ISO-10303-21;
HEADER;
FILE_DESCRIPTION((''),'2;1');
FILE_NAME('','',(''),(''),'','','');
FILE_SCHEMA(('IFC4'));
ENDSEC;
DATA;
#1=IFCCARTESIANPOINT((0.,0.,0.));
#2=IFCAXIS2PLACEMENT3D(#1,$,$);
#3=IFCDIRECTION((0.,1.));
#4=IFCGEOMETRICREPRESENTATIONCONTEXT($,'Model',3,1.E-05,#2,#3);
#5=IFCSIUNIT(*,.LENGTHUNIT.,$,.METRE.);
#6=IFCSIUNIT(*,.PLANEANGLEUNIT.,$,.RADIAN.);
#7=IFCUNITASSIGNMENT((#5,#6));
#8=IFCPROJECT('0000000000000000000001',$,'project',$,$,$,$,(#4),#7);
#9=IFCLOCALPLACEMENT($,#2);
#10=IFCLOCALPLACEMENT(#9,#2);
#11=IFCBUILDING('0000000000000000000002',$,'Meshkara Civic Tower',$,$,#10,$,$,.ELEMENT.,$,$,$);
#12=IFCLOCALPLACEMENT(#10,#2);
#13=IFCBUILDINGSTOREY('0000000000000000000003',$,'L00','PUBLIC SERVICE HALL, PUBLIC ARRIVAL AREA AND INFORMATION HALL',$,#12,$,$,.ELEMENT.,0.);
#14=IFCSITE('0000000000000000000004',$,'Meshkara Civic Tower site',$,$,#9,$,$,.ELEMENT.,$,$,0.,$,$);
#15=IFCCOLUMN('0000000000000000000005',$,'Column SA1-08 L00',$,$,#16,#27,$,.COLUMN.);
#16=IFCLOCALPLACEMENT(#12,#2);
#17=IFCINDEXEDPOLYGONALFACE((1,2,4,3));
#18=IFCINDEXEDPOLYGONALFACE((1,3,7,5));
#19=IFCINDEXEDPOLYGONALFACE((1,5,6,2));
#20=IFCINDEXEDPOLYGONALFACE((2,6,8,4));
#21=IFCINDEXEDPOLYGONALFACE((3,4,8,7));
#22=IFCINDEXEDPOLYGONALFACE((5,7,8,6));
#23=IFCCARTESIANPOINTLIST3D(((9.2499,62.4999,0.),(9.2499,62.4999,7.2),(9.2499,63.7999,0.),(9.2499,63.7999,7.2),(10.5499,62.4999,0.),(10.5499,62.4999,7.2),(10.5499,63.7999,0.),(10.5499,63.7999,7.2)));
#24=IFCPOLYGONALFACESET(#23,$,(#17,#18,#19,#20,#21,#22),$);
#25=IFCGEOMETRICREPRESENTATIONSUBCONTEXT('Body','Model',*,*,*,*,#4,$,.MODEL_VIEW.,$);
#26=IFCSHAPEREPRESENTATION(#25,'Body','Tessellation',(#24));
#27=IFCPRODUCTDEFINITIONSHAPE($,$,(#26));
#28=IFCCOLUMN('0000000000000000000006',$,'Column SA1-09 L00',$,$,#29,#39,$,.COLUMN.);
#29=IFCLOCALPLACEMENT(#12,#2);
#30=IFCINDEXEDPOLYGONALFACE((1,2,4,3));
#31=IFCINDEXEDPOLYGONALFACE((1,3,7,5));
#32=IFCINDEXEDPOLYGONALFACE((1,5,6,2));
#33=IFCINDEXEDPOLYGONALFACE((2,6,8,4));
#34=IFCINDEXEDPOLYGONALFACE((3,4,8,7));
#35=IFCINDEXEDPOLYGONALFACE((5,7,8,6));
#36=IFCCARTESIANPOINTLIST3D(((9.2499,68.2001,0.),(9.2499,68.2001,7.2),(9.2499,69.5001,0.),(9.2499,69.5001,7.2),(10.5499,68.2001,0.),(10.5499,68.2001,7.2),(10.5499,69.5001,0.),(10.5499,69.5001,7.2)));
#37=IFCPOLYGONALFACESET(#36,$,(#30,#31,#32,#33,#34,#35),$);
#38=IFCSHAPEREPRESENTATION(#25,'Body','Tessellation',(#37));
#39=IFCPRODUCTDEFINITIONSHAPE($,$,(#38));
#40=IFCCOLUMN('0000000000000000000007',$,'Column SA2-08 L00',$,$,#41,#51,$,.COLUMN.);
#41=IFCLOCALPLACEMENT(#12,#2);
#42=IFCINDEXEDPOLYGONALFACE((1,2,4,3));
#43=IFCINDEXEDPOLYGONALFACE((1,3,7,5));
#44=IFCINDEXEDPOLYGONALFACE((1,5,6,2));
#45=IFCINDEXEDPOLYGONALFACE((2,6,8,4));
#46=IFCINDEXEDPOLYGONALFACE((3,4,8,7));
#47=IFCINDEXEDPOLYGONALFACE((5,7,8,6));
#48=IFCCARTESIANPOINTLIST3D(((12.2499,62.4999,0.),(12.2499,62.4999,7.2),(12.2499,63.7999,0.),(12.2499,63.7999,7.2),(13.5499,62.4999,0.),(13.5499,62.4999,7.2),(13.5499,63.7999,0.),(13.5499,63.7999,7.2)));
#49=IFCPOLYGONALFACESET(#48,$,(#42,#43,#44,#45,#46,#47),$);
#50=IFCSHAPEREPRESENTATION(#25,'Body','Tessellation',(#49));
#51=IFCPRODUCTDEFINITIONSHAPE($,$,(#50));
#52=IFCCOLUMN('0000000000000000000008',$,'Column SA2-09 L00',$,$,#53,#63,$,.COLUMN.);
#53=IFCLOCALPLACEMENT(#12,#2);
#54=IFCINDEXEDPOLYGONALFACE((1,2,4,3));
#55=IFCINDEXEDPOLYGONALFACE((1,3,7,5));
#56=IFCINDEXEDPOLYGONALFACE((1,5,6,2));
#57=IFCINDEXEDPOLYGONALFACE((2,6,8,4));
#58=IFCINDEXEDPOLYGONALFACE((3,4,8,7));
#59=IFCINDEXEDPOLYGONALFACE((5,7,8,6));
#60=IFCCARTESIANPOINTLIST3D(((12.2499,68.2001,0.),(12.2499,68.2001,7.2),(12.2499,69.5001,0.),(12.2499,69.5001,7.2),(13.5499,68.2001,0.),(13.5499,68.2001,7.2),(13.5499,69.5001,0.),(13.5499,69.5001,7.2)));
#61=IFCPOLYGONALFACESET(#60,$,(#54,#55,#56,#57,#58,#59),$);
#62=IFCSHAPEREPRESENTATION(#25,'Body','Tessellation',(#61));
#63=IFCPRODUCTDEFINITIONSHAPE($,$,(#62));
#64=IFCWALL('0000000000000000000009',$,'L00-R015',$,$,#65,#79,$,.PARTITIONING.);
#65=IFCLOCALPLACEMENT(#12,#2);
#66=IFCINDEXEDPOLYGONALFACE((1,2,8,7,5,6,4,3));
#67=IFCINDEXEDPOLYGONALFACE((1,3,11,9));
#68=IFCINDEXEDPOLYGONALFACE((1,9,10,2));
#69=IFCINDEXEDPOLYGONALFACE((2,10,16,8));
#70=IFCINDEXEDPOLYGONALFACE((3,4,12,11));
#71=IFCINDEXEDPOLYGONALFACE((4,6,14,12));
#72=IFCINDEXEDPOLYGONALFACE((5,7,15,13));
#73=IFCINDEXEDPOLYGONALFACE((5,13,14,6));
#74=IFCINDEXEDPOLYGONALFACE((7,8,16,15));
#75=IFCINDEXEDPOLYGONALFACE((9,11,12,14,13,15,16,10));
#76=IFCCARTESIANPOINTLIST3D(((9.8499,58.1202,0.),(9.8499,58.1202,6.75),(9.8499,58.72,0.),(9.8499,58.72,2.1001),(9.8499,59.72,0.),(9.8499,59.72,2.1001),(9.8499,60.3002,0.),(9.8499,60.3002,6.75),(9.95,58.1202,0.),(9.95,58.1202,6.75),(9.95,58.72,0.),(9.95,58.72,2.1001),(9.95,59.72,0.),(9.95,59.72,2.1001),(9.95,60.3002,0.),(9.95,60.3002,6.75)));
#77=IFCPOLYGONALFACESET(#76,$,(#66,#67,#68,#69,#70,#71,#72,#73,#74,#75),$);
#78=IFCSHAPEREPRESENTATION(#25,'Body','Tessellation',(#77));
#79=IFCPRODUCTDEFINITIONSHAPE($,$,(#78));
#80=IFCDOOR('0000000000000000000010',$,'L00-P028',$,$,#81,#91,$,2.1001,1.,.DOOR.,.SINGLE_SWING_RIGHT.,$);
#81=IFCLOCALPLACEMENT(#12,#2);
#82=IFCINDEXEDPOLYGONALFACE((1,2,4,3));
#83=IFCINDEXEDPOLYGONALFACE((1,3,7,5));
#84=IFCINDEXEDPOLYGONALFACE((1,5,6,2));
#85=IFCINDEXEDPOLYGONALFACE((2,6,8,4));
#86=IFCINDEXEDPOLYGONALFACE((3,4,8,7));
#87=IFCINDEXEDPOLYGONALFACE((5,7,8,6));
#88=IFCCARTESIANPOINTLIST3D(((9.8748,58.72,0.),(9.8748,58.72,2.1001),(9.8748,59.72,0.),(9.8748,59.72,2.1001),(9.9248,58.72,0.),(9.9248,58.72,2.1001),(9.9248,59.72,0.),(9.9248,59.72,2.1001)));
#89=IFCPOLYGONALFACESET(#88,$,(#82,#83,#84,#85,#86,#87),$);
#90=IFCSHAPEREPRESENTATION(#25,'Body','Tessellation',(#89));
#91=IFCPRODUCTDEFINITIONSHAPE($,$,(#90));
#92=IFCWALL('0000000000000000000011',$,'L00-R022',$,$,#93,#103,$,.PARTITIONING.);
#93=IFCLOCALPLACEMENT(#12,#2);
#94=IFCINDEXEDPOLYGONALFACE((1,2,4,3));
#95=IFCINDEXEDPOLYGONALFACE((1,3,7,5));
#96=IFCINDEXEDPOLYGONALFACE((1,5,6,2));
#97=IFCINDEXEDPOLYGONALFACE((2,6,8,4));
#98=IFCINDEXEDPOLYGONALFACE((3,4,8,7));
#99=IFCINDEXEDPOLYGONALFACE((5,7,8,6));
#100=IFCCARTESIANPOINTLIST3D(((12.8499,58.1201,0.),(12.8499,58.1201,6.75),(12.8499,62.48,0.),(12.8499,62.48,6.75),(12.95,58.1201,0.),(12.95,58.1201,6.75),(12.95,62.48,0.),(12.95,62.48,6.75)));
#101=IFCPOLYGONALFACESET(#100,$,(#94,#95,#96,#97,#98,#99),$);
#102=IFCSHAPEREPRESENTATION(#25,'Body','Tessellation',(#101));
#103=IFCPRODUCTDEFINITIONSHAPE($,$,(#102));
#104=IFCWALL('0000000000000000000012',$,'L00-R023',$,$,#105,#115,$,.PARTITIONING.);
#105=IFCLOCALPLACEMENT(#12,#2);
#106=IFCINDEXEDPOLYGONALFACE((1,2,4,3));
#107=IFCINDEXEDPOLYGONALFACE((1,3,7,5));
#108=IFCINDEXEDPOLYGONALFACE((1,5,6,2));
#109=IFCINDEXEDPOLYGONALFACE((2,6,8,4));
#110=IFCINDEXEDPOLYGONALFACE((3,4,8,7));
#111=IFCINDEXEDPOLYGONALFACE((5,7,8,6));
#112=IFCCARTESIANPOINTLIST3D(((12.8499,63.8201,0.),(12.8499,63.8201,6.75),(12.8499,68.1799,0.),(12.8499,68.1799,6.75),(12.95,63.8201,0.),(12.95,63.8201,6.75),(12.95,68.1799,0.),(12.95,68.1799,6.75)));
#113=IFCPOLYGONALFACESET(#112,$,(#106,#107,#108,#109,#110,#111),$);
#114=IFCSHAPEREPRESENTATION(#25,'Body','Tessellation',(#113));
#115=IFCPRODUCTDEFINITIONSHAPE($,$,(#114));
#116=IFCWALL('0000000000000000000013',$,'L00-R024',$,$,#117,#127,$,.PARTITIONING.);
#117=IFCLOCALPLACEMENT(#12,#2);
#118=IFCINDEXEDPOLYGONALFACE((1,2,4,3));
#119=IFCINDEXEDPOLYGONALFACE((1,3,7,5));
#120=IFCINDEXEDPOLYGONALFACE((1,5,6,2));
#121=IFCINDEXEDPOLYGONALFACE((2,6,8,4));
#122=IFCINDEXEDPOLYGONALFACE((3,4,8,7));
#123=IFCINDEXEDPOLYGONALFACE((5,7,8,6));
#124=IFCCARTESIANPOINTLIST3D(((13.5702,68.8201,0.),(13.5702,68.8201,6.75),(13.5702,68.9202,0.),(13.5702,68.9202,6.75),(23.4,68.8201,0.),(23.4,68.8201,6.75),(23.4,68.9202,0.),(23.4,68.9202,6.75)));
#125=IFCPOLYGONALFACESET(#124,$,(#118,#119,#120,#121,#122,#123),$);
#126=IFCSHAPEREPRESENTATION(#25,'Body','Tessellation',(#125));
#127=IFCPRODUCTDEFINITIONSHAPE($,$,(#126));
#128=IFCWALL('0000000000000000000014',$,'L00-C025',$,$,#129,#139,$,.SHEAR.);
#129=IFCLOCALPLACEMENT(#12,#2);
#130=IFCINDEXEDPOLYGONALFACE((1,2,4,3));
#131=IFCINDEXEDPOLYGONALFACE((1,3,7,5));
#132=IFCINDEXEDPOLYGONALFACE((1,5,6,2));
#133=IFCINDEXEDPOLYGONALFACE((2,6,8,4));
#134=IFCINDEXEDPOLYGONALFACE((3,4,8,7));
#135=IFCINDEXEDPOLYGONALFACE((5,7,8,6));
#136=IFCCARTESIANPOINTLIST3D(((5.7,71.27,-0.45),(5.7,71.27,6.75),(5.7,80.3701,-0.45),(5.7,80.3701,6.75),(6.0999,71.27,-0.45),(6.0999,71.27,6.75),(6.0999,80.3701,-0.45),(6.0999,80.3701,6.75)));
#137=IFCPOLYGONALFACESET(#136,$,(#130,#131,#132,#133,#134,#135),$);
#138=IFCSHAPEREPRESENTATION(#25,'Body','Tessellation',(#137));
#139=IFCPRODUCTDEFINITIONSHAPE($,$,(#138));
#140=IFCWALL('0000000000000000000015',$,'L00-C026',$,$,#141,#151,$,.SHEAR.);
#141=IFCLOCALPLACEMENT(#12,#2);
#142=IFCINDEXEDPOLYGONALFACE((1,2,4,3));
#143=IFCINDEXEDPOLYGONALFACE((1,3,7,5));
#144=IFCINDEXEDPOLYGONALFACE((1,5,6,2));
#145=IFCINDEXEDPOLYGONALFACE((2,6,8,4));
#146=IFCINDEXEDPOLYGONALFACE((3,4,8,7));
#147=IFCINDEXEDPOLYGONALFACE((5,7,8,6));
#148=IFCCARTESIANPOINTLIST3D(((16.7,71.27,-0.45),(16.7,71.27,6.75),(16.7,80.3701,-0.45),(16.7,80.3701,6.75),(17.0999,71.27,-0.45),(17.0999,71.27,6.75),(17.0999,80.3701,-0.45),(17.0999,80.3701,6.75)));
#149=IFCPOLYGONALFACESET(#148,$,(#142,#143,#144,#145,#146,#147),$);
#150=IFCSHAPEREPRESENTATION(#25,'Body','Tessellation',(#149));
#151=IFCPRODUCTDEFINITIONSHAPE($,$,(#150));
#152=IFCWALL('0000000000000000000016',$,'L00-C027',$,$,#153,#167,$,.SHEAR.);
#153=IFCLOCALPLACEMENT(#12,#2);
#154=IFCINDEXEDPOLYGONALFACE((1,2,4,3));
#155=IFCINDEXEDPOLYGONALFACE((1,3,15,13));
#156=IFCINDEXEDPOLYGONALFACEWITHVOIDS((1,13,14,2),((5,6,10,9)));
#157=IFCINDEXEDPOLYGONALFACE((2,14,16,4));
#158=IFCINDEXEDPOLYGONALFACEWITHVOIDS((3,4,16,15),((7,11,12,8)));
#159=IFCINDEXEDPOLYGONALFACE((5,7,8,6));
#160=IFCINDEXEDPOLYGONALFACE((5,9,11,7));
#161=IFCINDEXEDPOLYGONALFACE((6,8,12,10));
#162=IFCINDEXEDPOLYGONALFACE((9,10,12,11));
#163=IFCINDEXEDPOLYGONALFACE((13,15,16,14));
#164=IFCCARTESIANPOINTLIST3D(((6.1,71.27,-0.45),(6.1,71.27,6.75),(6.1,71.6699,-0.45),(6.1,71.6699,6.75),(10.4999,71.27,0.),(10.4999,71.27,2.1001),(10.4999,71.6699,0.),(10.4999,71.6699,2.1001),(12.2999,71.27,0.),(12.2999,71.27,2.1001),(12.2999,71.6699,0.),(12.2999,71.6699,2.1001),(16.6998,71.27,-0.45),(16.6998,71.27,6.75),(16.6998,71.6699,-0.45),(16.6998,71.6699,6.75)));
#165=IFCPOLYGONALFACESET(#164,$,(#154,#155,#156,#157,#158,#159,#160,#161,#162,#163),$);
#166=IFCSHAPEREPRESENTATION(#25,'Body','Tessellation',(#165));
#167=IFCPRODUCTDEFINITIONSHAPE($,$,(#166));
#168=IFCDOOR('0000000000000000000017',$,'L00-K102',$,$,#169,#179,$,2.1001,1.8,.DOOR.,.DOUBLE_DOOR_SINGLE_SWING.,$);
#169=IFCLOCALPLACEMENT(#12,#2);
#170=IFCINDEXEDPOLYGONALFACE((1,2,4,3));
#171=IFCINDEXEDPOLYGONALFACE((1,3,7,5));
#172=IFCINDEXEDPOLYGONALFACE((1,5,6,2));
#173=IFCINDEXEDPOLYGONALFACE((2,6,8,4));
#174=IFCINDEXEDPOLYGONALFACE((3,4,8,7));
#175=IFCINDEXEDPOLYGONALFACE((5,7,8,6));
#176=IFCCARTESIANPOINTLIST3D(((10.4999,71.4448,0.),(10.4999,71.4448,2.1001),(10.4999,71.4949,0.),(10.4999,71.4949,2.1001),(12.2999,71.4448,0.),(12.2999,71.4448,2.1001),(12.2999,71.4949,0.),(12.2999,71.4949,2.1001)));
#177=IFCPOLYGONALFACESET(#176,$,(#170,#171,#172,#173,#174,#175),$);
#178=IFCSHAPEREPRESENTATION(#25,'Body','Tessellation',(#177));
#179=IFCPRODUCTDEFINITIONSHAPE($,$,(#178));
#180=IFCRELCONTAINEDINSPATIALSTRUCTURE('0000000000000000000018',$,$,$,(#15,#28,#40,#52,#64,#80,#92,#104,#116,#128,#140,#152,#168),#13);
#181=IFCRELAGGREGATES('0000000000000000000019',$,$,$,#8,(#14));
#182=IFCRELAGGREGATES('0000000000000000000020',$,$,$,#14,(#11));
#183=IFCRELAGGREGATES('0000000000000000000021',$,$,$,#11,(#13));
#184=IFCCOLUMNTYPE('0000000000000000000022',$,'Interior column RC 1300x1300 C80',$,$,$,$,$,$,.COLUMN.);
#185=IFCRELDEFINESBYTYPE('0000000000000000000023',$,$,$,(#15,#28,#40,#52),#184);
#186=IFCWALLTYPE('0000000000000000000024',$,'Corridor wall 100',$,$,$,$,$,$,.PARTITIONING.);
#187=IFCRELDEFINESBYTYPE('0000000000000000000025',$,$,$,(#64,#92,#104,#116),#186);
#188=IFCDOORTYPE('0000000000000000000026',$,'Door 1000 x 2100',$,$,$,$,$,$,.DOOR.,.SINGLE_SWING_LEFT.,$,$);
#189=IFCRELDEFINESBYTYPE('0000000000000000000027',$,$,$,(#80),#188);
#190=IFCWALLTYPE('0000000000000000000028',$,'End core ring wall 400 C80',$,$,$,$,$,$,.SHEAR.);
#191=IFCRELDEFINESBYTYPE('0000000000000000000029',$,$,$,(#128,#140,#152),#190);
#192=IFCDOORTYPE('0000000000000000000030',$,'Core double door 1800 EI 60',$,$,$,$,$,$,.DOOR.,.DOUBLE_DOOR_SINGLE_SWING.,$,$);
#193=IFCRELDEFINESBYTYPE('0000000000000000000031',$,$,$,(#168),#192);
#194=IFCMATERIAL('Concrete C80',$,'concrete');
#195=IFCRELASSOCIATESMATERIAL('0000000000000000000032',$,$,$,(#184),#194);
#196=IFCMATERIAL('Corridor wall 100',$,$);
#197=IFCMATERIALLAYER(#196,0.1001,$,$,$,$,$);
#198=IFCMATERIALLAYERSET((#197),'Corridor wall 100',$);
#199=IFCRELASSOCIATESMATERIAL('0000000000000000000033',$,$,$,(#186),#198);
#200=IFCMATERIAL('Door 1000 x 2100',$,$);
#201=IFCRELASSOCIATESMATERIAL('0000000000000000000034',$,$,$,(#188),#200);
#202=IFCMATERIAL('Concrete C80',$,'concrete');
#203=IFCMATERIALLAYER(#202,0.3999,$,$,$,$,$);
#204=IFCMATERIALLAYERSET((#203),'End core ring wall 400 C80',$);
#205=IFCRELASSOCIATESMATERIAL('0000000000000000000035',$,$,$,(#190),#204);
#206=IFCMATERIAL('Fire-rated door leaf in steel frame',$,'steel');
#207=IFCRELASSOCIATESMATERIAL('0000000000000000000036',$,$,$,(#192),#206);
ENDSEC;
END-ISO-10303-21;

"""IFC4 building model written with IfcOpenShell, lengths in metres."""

from ifc_helpers import new_model, si_unit, direction, frame, frame_2d, origin, origin_2d, place, context, subcontext, project, spatial, rectangle, extrude, material, layer, layer_set, material_profile, profile_set, type_object, element, fill, save


model = new_model("IFC4")

# Units and contexts
model_context = context("Model", 3, precision=1e-05, world=origin(), true_north=direction((0.0, 1.0)))
body_context = subcontext(model_context, "Body", "Model", "MODEL_VIEW")
ifc_project = project(units=[si_unit("LENGTHUNIT", "METRE"), si_unit("PLANEANGLEUNIT", "RADIAN")], contexts=[model_context])

# Site, building, storey
site_placement = place(None, origin())
site = spatial("IfcSite", under=ifc_project, at=site_placement, Name="Meshkara Civic Tower site", CompositionType="ELEMENT", RefElevation=0.0)
building_placement = place(site_placement, origin())
building = spatial("IfcBuilding", under=site, at=building_placement, Name="Meshkara Civic Tower", CompositionType="ELEMENT")
storey_placement = place(building_placement, origin())
storey = spatial("IfcBuildingStorey", under=building, at=storey_placement, Name="L00", Description="PUBLIC SERVICE HALL, PUBLIC ARRIVAL AREA AND INFORMATION HALL", CompositionType="ELEMENT", Elevation=0.0)

# Columns
ifc_material_1 = material(Name="Concrete C80", Category="concrete")
ifc_material_profile = material_profile(ifc_material_1, rectangle(XDim=1.3, YDim=1.3, at=origin_2d()))
ifc_profile_set = profile_set([ifc_material_profile], Name="Concrete C80")
column_type = type_object("IfcColumnType", Name="Interior column RC 1300x1300 C80", PredefinedType="COLUMN", material=ifc_profile_set)
for number, where, z_axis, x_axis, name in (
    (1, (9.8999, 63.1499, 0.0), (0.0, 0.0, 1.0), (1.0, 0.0, 0.0), "Column SA1-08 L00"),
    (2, (9.8999, 68.8501, 0.0), (0.0, 0.0, 1.0), (1.0, 0.0, 0.0), "Column SA1-09 L00"),
    (3, (12.8999, 63.1499, 0.0), (0.0, 0.0, 1.0), (1.0, 0.0, 0.0), "Column SA2-08 L00"),
    (4, (12.8999, 68.8501, 0.0), (0.0, 0.0, 1.0), (1.0, 0.0, 0.0), "Column SA2-09 L00"),
):
    element("IfcColumn", number, at=place(storey_placement, frame(where, z_axis=z_axis, x_axis=x_axis)), inside=storey, type_object=column_type, Name=name, PredefinedType="COLUMN", context=body_context, shape_type="SweptSolid", body=[
        extrude(rectangle(XDim=1.3, YDim=1.3, at=origin_2d()), origin(), (0.0, 0.0, 1.0), 7.2),
    ])

# Wall, opening, door
ifc_material_2 = material(Name="Corridor wall 100")
ifc_layer_1 = layer(ifc_material_2, 0.1001)
ifc_layer_set_1 = layer_set([ifc_layer_1], Name="Corridor wall 100")
wall_type_1 = type_object("IfcWallType", Name="Corridor wall 100", PredefinedType="PARTITIONING", material=ifc_layer_set_1)
wall_1_placement = place(storey_placement, frame((9.8999, 60.3, 0.0), z_axis=(0.0, 0.0, 1.0), x_axis=(0.0, -1.0, 0.0)))
wall_1 = element("IfcWall", 5, at=wall_1_placement, inside=storey, type_object=wall_type_1, Name="L00-R015", PredefinedType="PARTITIONING", context=body_context, shape_type="SweptSolid", body=[
    extrude(rectangle(XDim=2.1799, YDim=0.1001, at=frame_2d((1.0898, 0.0))), origin(), (0.0, 0.0, 1.0), 6.75),
])
opening_1_placement = place(wall_1_placement, frame((0.5801, 0.0, 0.0)))
opening_1 = element("IfcOpeningElement", 6, at=opening_1_placement, cuts=wall_1, PredefinedType="OPENING", context=body_context, shape_type="SweptSolid", body=[
    extrude(rectangle(XDim=1.0, YDim=2.1001, at=frame_2d((0.5, 1.05))), frame((0.0, 0.0601, 0.0), z_axis=(0.0, -1.0, 0.0), x_axis=(1.0, 0.0, 0.0)), (0.0, 0.0, 1.0), 0.1201),
])
ifc_material_3 = material(Name="Door 1000 x 2100")
door_type_1 = type_object("IfcDoorType", Name="Door 1000 x 2100", OperationType="SINGLE_SWING_LEFT", PredefinedType="DOOR", material=ifc_material_3)
door_1_placement = place(opening_1_placement, origin())
door_1 = element("IfcDoor", 7, at=door_1_placement, inside=storey, type_object=door_type_1, Name="L00-P028", OperationType="SINGLE_SWING_RIGHT", OverallHeight=2.1001, OverallWidth=1.0, PredefinedType="DOOR", context=body_context, shape_type="SweptSolid", body=[
    extrude(rectangle(XDim=1.0, YDim=2.1001, at=frame_2d((0.5, 1.05))), frame((0.0, 0.0249, 0.0), z_axis=(0.0, -1.0, 0.0), x_axis=(1.0, 0.0, 0.0)), (0.0, 0.0, 1.0), 0.05),
])
fill(opening_1, door_1)

# Walls
for number, where, z_axis, x_axis, name in (
    (8, (12.8999, 62.48, 0.0), (0.0, 0.0, 1.0), (0.0, -1.0, 0.0), "L00-R022"),
    (9, (12.8999, 63.8201, 0.0), (0.0, 0.0, 1.0), (0.0, 1.0, 0.0), "L00-R023"),
):
    element("IfcWall", number, at=place(storey_placement, frame(where, z_axis=z_axis, x_axis=x_axis)), inside=storey, type_object=wall_type_1, Name=name, PredefinedType="PARTITIONING", context=body_context, shape_type="SweptSolid", body=[
        extrude(rectangle(XDim=4.3599, YDim=0.1001, at=frame_2d((2.1799, 0.0))), origin(), (0.0, 0.0, 1.0), 6.75),
    ])
wall_2_placement = place(storey_placement, frame((13.5701, 68.8701, 0.0), z_axis=(0.0, 0.0, 1.0), x_axis=(1.0, 0.0, 0.0)))
element("IfcWall", 10, at=wall_2_placement, inside=storey, type_object=wall_type_1, Name="L00-R024", PredefinedType="PARTITIONING", context=body_context, shape_type="SweptSolid", body=[
    extrude(rectangle(XDim=9.8298, YDim=0.1001, at=frame_2d((4.915, 0.0))), origin(), (0.0, 0.0, 1.0), 6.75),
])
ifc_material_4 = material(Name="Concrete C80", Category="concrete")
ifc_layer_2 = layer(ifc_material_4, 0.3999)
ifc_layer_set_2 = layer_set([ifc_layer_2], Name="End core ring wall 400 C80")
wall_type_2 = type_object("IfcWallType", Name="End core ring wall 400 C80", PredefinedType="SHEAR", material=ifc_layer_set_2)
for number, where, z_axis, x_axis, name in (
    (11, (5.8999, 71.27, -0.45), (0.0, 0.0, 1.0), (0.0, 1.0, 0.0), "L00-C025"),
    (12, (16.8999, 71.27, -0.45), (0.0, 0.0, 1.0), (0.0, 1.0, 0.0), "L00-C026"),
):
    element("IfcWall", number, at=place(storey_placement, frame(where, z_axis=z_axis, x_axis=x_axis)), inside=storey, type_object=wall_type_2, Name=name, PredefinedType="SHEAR", context=body_context, shape_type="SweptSolid", body=[
        extrude(rectangle(XDim=9.1001, YDim=0.3999, at=frame_2d((4.55, 0.0))), origin(), (0.0, 0.0, 1.0), 7.2),
    ])

# Wall, opening, door
wall_3_placement = place(storey_placement, frame((6.1001, 71.47, -0.45), z_axis=(0.0, 0.0, 1.0), x_axis=(1.0, 0.0, 0.0)))
wall_3 = element("IfcWall", 13, at=wall_3_placement, inside=storey, type_object=wall_type_2, Name="L00-C027", PredefinedType="SHEAR", context=body_context, shape_type="SweptSolid", body=[
    extrude(rectangle(XDim=10.5999, YDim=0.3999, at=frame_2d((5.2998, 0.0))), origin(), (0.0, 0.0, 1.0), 7.2),
])
opening_2_placement = place(wall_3_placement, frame((4.3999, 0.0, 0.45)))
opening_2 = element("IfcOpeningElement", 14, at=opening_2_placement, cuts=wall_3, PredefinedType="OPENING", context=body_context, shape_type="SweptSolid", body=[
    extrude(rectangle(XDim=1.8, YDim=2.1001, at=frame_2d((0.8999, 1.05))), frame((0.0, 0.21, 0.0), z_axis=(0.0, -1.0, 0.0), x_axis=(1.0, 0.0, 0.0)), (0.0, 0.0, 1.0), 0.4199),
])
ifc_material_5 = material(Name="Fire-rated door leaf in steel frame", Category="steel")
door_type_2 = type_object("IfcDoorType", Name="Core double door 1800 EI 60", OperationType="DOUBLE_DOOR_SINGLE_SWING", PredefinedType="DOOR", material=ifc_material_5)
door_2_placement = place(opening_2_placement, origin())
door_2 = element("IfcDoor", 15, at=door_2_placement, inside=storey, type_object=door_type_2, Name="L00-K102", OperationType="DOUBLE_DOOR_SINGLE_SWING", OverallHeight=2.1001, OverallWidth=1.8, PredefinedType="DOOR", context=body_context, shape_type="SweptSolid", body=[
    extrude(rectangle(XDim=1.8, YDim=2.1001, at=frame_2d((0.8999, 1.05))), frame((0.0, 0.0249, 0.0), z_axis=(0.0, -1.0, 0.0), x_axis=(1.0, 0.0, 0.0)), (0.0, 0.0, 1.0), 0.05),
])
fill(opening_2, door_2)

save(model, "model.ifc")
